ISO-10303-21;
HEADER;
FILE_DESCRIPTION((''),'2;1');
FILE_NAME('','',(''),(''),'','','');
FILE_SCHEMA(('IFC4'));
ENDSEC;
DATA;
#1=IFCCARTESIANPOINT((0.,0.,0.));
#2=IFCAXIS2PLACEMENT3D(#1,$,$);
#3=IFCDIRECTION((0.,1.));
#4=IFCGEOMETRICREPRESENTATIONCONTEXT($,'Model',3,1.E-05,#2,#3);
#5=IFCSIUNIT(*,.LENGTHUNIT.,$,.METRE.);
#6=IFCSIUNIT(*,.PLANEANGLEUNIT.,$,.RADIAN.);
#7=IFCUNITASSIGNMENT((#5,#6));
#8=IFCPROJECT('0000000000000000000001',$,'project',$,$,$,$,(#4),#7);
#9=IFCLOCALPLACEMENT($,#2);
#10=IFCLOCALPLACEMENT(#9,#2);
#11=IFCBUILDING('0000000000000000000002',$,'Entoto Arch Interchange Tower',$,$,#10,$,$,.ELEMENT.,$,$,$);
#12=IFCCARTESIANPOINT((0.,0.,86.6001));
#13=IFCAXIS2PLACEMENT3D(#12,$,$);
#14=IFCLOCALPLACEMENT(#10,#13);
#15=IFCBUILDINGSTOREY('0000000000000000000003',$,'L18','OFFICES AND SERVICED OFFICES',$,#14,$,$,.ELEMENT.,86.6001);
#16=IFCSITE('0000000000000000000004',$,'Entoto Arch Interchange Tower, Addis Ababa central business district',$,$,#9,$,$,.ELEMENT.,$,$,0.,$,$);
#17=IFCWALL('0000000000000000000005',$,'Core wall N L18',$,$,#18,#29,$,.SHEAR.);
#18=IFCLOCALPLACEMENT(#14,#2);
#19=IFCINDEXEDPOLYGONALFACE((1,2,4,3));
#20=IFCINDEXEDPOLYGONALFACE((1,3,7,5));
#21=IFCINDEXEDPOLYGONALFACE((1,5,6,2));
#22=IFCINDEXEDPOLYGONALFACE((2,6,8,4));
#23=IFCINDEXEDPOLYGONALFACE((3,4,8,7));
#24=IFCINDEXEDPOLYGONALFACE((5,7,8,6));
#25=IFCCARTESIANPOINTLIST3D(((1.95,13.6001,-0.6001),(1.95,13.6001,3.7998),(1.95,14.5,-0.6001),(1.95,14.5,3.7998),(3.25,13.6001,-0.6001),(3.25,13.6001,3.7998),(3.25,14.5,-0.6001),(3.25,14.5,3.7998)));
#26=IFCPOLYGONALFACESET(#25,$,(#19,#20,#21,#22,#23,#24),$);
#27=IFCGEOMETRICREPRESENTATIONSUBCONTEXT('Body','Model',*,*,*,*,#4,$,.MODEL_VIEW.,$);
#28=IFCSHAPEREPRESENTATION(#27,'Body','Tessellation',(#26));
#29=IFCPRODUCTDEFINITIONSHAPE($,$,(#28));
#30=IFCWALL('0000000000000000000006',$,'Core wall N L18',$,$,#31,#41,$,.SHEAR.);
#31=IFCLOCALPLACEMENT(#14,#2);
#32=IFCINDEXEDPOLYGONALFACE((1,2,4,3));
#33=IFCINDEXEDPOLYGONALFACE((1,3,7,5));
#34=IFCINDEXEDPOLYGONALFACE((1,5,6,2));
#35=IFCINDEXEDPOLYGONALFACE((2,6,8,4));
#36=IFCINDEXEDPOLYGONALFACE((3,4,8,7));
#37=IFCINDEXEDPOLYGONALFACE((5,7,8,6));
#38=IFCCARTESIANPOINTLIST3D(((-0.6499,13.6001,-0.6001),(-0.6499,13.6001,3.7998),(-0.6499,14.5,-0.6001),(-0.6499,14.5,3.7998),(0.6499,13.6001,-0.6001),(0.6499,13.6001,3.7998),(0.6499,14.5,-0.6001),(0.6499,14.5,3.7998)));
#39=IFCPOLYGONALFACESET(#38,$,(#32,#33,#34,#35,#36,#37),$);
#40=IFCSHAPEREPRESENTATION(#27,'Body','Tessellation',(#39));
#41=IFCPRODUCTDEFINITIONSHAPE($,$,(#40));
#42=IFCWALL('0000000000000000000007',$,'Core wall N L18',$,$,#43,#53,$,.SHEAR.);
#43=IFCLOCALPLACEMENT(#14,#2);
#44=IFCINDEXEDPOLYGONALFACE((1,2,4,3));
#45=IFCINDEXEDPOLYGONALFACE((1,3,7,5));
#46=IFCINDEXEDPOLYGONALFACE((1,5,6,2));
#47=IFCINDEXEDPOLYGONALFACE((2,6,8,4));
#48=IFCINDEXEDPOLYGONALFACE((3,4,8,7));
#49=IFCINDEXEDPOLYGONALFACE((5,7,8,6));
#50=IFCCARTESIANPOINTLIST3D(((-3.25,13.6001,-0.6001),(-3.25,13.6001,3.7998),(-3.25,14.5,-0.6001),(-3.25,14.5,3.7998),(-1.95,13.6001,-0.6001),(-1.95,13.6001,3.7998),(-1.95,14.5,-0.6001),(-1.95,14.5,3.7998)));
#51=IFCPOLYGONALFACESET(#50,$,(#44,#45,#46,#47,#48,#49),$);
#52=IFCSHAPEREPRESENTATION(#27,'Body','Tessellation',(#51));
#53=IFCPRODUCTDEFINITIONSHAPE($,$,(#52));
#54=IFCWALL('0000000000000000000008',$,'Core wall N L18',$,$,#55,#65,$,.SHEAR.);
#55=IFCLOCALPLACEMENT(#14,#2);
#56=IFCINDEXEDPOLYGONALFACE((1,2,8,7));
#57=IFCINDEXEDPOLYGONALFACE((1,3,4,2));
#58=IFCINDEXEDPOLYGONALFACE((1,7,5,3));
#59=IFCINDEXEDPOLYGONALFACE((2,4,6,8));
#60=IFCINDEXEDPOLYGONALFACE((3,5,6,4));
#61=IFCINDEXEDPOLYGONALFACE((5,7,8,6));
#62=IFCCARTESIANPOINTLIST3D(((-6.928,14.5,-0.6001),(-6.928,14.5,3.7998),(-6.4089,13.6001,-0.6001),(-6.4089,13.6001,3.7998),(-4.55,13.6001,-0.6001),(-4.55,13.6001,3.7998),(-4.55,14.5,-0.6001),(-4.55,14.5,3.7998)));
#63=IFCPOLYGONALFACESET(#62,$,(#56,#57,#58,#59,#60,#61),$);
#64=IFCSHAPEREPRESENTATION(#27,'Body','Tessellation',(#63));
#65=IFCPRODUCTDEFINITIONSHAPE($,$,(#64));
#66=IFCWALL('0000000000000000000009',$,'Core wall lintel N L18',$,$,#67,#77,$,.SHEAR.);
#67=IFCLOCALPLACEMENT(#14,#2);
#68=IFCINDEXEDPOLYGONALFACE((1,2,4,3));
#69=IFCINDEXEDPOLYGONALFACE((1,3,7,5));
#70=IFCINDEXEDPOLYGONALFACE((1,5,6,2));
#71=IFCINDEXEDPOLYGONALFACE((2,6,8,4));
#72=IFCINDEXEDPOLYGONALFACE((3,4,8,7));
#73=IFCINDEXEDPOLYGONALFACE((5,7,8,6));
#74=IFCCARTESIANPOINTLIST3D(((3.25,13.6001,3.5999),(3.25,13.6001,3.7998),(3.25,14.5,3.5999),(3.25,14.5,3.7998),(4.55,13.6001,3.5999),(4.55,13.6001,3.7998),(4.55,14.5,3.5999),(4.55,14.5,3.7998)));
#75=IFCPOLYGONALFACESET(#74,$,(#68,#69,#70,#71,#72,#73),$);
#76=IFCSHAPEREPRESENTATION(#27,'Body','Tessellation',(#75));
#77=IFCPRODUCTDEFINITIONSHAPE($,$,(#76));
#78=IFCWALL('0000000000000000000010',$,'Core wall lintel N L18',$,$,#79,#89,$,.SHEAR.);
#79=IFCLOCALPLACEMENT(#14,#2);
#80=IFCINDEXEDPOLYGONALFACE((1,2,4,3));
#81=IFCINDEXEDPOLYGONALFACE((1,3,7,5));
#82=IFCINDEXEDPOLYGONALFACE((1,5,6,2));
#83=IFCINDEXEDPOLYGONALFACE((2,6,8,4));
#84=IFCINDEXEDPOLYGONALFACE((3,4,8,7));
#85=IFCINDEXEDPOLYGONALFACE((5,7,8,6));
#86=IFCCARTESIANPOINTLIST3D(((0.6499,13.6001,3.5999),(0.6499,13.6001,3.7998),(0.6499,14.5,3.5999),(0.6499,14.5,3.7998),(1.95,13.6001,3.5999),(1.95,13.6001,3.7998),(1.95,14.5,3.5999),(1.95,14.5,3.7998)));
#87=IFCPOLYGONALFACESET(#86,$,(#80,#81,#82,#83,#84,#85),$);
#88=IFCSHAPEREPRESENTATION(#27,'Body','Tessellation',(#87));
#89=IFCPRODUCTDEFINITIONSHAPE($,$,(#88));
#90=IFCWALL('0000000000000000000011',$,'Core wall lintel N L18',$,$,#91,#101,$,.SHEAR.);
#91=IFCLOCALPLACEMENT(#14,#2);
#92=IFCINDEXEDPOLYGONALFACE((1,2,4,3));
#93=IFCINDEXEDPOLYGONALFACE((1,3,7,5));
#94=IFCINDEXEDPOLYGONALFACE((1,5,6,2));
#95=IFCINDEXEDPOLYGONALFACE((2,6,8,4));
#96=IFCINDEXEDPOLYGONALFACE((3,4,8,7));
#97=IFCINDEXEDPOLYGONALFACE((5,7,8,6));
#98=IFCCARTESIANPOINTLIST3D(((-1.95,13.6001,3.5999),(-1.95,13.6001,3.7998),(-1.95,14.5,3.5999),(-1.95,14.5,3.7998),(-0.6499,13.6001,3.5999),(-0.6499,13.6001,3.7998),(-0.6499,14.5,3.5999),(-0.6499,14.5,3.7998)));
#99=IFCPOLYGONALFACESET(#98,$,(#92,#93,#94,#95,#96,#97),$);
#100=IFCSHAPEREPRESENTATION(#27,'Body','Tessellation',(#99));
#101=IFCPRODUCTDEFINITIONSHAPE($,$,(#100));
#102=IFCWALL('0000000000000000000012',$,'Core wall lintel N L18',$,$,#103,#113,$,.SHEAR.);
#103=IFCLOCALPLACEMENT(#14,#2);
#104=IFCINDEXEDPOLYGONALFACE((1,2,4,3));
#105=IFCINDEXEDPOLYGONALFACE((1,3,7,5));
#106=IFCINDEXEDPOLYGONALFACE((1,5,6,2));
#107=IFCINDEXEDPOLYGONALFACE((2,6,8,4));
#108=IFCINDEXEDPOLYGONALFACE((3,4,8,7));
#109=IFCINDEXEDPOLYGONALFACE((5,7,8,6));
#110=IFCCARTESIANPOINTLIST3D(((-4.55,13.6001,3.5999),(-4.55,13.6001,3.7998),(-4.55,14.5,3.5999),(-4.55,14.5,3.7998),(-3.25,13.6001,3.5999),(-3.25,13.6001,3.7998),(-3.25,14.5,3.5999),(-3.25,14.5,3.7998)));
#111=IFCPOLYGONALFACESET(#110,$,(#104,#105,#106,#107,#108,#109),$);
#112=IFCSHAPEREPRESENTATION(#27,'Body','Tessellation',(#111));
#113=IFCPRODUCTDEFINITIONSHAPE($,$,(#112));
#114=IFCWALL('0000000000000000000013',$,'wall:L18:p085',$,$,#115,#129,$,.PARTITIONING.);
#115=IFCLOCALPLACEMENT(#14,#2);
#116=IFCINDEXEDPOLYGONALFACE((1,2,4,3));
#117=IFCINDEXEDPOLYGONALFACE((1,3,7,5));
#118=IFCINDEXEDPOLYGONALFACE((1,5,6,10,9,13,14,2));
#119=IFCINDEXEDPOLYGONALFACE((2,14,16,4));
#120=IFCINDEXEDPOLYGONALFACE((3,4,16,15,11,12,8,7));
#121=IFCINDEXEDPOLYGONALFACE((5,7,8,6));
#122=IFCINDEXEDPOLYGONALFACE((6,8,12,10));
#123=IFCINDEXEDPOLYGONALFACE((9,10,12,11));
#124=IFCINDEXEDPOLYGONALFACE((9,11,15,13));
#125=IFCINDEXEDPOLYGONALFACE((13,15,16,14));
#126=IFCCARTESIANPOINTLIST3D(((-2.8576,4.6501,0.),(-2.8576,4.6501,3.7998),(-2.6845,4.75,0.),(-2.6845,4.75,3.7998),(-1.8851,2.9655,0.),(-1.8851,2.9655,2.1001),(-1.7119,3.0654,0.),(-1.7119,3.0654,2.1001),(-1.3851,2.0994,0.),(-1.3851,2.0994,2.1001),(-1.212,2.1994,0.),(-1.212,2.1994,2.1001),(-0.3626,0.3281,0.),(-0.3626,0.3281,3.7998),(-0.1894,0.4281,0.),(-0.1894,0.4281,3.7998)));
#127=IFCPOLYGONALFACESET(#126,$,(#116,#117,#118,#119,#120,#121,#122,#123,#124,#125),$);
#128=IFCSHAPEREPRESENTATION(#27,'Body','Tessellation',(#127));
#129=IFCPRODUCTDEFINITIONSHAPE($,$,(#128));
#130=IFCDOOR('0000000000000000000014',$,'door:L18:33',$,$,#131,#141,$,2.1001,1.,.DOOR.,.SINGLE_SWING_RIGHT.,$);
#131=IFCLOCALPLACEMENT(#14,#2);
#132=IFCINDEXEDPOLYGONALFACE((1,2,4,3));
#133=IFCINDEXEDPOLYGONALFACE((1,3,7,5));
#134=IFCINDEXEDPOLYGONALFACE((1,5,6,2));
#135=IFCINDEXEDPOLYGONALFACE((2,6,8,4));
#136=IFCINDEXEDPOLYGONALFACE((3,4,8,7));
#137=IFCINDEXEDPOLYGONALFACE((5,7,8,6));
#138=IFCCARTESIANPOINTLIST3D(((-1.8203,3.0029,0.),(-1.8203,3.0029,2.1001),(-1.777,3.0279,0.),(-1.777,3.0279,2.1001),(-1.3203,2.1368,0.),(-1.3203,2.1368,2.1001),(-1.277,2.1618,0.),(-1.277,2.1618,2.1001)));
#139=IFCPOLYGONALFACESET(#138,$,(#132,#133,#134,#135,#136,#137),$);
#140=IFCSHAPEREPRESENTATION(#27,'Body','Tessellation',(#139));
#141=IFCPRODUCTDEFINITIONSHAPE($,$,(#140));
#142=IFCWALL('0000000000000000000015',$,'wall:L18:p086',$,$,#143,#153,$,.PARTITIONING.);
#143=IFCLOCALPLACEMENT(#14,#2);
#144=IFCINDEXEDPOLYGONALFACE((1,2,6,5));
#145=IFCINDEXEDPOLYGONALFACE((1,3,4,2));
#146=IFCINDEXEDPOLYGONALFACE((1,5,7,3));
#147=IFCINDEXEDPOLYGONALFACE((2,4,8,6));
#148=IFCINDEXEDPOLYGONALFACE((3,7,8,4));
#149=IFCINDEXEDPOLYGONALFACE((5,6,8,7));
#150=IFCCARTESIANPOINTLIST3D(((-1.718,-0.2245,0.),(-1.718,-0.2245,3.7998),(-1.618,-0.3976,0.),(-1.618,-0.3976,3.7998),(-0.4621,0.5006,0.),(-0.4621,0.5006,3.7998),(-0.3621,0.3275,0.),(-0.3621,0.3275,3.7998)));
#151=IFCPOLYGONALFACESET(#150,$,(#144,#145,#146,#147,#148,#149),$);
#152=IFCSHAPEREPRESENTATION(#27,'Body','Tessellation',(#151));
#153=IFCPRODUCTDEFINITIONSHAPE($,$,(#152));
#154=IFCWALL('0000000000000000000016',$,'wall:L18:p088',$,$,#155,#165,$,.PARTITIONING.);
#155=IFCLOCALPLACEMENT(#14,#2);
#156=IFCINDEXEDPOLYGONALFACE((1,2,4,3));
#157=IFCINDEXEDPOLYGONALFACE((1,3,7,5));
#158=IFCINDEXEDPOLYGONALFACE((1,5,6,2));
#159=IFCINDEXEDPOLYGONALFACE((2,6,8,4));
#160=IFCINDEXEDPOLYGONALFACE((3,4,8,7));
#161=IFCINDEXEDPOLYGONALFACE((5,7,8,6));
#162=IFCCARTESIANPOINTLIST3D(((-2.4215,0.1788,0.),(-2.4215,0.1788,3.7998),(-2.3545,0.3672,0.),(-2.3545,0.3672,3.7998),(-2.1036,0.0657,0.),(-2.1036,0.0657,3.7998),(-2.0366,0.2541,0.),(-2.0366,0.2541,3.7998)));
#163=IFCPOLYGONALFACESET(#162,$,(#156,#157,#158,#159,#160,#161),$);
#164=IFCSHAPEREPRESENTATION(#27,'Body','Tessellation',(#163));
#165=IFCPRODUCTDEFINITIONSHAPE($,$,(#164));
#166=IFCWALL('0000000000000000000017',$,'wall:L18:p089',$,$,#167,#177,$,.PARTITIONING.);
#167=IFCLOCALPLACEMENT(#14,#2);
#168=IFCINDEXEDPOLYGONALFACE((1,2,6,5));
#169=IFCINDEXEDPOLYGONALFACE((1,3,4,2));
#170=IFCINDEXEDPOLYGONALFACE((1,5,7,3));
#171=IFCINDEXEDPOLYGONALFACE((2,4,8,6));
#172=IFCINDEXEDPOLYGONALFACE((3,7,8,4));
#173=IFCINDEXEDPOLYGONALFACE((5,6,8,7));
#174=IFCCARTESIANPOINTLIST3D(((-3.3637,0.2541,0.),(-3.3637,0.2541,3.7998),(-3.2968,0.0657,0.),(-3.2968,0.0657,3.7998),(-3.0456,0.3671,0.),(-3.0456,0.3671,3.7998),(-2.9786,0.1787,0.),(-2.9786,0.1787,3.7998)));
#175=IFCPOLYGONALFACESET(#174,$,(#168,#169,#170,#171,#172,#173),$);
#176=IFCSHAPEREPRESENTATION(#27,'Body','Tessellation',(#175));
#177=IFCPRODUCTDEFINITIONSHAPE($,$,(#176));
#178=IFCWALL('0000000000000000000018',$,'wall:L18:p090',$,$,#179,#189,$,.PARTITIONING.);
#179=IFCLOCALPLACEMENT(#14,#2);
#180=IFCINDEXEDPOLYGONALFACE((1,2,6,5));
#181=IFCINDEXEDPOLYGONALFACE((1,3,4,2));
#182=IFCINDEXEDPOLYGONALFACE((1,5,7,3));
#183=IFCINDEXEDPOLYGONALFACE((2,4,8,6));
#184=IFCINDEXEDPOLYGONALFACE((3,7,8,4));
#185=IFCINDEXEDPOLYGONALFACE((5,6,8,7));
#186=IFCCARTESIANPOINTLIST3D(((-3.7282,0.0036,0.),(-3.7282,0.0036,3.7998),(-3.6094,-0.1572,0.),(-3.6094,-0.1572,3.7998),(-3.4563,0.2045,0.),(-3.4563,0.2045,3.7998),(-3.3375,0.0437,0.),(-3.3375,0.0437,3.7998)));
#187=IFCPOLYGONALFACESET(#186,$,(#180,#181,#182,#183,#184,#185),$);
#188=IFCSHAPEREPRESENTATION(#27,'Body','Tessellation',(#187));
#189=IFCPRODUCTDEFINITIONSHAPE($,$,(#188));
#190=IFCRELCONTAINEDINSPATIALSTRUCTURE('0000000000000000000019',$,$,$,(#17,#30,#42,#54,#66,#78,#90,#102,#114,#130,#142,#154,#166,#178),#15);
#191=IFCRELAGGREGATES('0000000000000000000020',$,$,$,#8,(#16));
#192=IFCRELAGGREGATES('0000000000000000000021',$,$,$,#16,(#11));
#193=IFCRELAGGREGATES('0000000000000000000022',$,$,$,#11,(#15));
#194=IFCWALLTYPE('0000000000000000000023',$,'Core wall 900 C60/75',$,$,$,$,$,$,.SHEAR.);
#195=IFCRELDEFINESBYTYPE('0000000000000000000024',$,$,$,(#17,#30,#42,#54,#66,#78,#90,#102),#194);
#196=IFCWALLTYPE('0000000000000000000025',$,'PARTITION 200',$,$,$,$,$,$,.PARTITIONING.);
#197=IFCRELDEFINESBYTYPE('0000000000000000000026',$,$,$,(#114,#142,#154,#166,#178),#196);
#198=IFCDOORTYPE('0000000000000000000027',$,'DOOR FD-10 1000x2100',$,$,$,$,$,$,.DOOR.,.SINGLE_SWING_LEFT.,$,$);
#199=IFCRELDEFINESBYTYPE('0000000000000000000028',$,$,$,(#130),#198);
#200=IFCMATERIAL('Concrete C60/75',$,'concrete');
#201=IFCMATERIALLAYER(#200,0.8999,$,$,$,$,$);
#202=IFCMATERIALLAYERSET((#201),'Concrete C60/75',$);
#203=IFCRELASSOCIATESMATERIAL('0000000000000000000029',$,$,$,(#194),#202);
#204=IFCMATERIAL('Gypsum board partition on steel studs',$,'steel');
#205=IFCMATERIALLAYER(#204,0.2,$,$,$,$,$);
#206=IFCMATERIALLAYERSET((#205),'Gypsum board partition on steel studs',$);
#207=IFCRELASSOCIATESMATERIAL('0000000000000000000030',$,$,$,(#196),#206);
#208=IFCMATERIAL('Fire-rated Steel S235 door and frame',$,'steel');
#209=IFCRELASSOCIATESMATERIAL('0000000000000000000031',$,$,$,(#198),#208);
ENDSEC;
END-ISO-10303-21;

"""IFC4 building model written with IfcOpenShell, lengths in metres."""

from ifc_helpers import new_model, si_unit, direction, frame, frame_2d, origin, place, context, subcontext, project, spatial, polyline, rectangle, outline, extrude, material, layer, layer_set, type_object, element, fill, save


model = new_model("IFC4")

# Units and contexts
model_context = context("Model", 3, precision=1e-05, world=origin(), true_north=direction((0.0, 1.0)))
body_context = subcontext(model_context, "Body", "Model", "MODEL_VIEW")
ifc_project = project(units=[si_unit("LENGTHUNIT", "METRE"), si_unit("PLANEANGLEUNIT", "RADIAN")], contexts=[model_context])

# Site, building, storey
site_placement = place(None, origin())
site = spatial("IfcSite", under=ifc_project, at=site_placement, Name="Entoto Arch Interchange Tower, Addis Ababa central business district", CompositionType="ELEMENT", RefElevation=0.0)
building_placement = place(site_placement, origin())
building = spatial("IfcBuilding", under=site, at=building_placement, Name="Entoto Arch Interchange Tower", CompositionType="ELEMENT")
storey_placement = place(building_placement, frame((0.0, 0.0, 86.6001)))
storey = spatial("IfcBuildingStorey", under=building, at=storey_placement, Name="L18", Description="OFFICES AND SERVICED OFFICES", CompositionType="ELEMENT", Elevation=86.6001)

# Walls
ifc_material_1 = material(Name="Concrete C60/75", Category="concrete")
ifc_layer_1 = layer(ifc_material_1, 0.8999)
ifc_layer_set_1 = layer_set([ifc_layer_1], Name="Concrete C60/75")
wall_type_1 = type_object("IfcWallType", Name="Core wall 900 C60/75", PredefinedType="SHEAR", material=ifc_layer_set_1)
wall_1_placement = place(storey_placement, frame((0.0, 0.0, -0.6001)))
element("IfcWall", 1, at=wall_1_placement, inside=storey, type_object=wall_type_1, Name="Core wall N L18", PredefinedType="SHEAR", context=body_context, shape_type="SweptSolid", body=[
    extrude(outline(polyline([(1.95, 14.5), (1.95, 13.6001), (3.25, 13.6001), (3.25, 14.5), (1.95, 14.5)])), origin(), (0.0, 0.0, 1.0), 4.3999),
])
wall_2_placement = place(storey_placement, frame((0.0, 0.0, -0.6001)))
element("IfcWall", 2, at=wall_2_placement, inside=storey, type_object=wall_type_1, Name="Core wall N L18", PredefinedType="SHEAR", context=body_context, shape_type="SweptSolid", body=[
    extrude(outline(polyline([(-0.6499, 14.5), (-0.6499, 13.6001), (0.6499, 13.6001), (0.6499, 14.5), (-0.6499, 14.5)])), origin(), (0.0, 0.0, 1.0), 4.3999),
])
wall_3_placement = place(storey_placement, frame((0.0, 0.0, -0.6001)))
element("IfcWall", 3, at=wall_3_placement, inside=storey, type_object=wall_type_1, Name="Core wall N L18", PredefinedType="SHEAR", context=body_context, shape_type="SweptSolid", body=[
    extrude(outline(polyline([(-3.25, 14.5), (-3.25, 13.6001), (-1.95, 13.6001), (-1.95, 14.5), (-3.25, 14.5)])), origin(), (0.0, 0.0, 1.0), 4.3999),
])
wall_4_placement = place(storey_placement, frame((0.0, 0.0, -0.6001)))
element("IfcWall", 4, at=wall_4_placement, inside=storey, type_object=wall_type_1, Name="Core wall N L18", PredefinedType="SHEAR", context=body_context, shape_type="SweptSolid", body=[
    extrude(outline(polyline([(-4.55, 13.6001), (-4.55, 14.5), (-6.928, 14.5), (-6.4089, 13.6001), (-4.55, 13.6001)])), origin(), (0.0, 0.0, 1.0), 4.3999),
])
wall_5_placement = place(storey_placement, frame((0.0, 0.0, 3.5999)))
element("IfcWall", 5, at=wall_5_placement, inside=storey, type_object=wall_type_1, Name="Core wall lintel N L18", PredefinedType="SHEAR", context=body_context, shape_type="SweptSolid", body=[
    extrude(outline(polyline([(3.25, 14.5), (3.25, 13.6001), (4.55, 13.6001), (4.55, 14.5), (3.25, 14.5)])), origin(), (0.0, 0.0, 1.0), 0.2),
])
wall_6_placement = place(storey_placement, frame((0.0, 0.0, 3.5999)))
element("IfcWall", 6, at=wall_6_placement, inside=storey, type_object=wall_type_1, Name="Core wall lintel N L18", PredefinedType="SHEAR", context=body_context, shape_type="SweptSolid", body=[
    extrude(outline(polyline([(0.6499, 14.5), (0.6499, 13.6001), (1.95, 13.6001), (1.95, 14.5), (0.6499, 14.5)])), origin(), (0.0, 0.0, 1.0), 0.2),
])
wall_7_placement = place(storey_placement, frame((0.0, 0.0, 3.5999)))
element("IfcWall", 7, at=wall_7_placement, inside=storey, type_object=wall_type_1, Name="Core wall lintel N L18", PredefinedType="SHEAR", context=body_context, shape_type="SweptSolid", body=[
    extrude(outline(polyline([(-1.95, 14.5), (-1.95, 13.6001), (-0.6499, 13.6001), (-0.6499, 14.5), (-1.95, 14.5)])), origin(), (0.0, 0.0, 1.0), 0.2),
])
wall_8_placement = place(storey_placement, frame((0.0, 0.0, 3.5999)))
element("IfcWall", 8, at=wall_8_placement, inside=storey, type_object=wall_type_1, Name="Core wall lintel N L18", PredefinedType="SHEAR", context=body_context, shape_type="SweptSolid", body=[
    extrude(outline(polyline([(-4.55, 14.5), (-4.55, 13.6001), (-3.25, 13.6001), (-3.25, 14.5), (-4.55, 14.5)])), origin(), (0.0, 0.0, 1.0), 0.2),
])

# Wall, opening, door
ifc_material_2 = material(Name="Gypsum board partition on steel studs", Category="steel")
ifc_layer_2 = layer(ifc_material_2, 0.2)
ifc_layer_set_2 = layer_set([ifc_layer_2], Name="Gypsum board partition on steel studs")
wall_type_2 = type_object("IfcWallType", Name="PARTITION 200", PredefinedType="PARTITIONING", material=ifc_layer_set_2)
wall_9_placement = place(storey_placement, frame((-2.771, 4.7, 0.0), z_axis=(0.0, 0.0, 1.0), x_axis=(0.499969, -0.866043, 0.0)))
wall_9 = element("IfcWall", 9, at=wall_9_placement, inside=storey, type_object=wall_type_2, Name="wall:L18:p085", PredefinedType="PARTITIONING", context=body_context, shape_type="SweptSolid", body=[
    extrude(rectangle(XDim=4.9905, YDim=0.2, at=frame_2d((2.4951, 0.0))), origin(), (0.0, 0.0, 1.0), 3.7998),
])
opening_placement = place(wall_9_placement, frame((1.9451, 0.0, 0.0)))
opening = element("IfcOpeningElement", 10, at=opening_placement, cuts=wall_9, PredefinedType="OPENING", context=body_context, shape_type="SweptSolid", body=[
    extrude(rectangle(XDim=1.0, YDim=2.1001, at=frame_2d((0.5, 1.05))), frame((0.0, 0.1099, 0.0), z_axis=(0.0, -1.0, 0.0), x_axis=(1.0, 0.0, 0.0)), (0.0, 0.0, 1.0), 0.22),
])
ifc_material_3 = material(Name="Fire-rated Steel S235 door and frame", Category="steel")
door_type = type_object("IfcDoorType", Name="DOOR FD-10 1000x2100", OperationType="SINGLE_SWING_LEFT", PredefinedType="DOOR", material=ifc_material_3)
door_placement = place(opening_placement, origin())
door = element("IfcDoor", 11, at=door_placement, inside=storey, type_object=door_type, Name="door:L18:33", OperationType="SINGLE_SWING_RIGHT", OverallHeight=2.1001, OverallWidth=1.0, PredefinedType="DOOR", context=body_context, shape_type="SweptSolid", body=[
    extrude(rectangle(XDim=1.0, YDim=2.1001, at=frame_2d((0.5, 1.05))), frame((0.0, 0.0249, 0.0), z_axis=(0.0, -1.0, 0.0), x_axis=(1.0, 0.0, 0.0)), (0.0, 0.0, 1.0), 0.05),
])
fill(opening, door)

# Walls
wall_10_placement = place(storey_placement, frame((-0.4121, 0.4141, 0.0), z_axis=(0.0, 0.0, 1.0), x_axis=(-0.866017, -0.500014, 0.0)))
element("IfcWall", 12, at=wall_10_placement, inside=storey, type_object=wall_type_2, Name="wall:L18:p086", PredefinedType="PARTITIONING", context=body_context, shape_type="SweptSolid", body=[
    extrude(rectangle(XDim=1.4502, YDim=0.2, at=frame_2d((0.7251, 0.0))), origin(), (0.0, 0.0, 1.0), 3.7998),
])
wall_11_placement = place(storey_placement, frame((-2.0701, 0.1599, 0.0), z_axis=(0.0, 0.0, 1.0), x_axis=(-0.942199, 0.335052, 0.0)))
element("IfcWall", 13, at=wall_11_placement, inside=storey, type_object=wall_type_2, Name="wall:L18:p088", PredefinedType="PARTITIONING", context=body_context, shape_type="SweptSolid", body=[
    extrude(rectangle(XDim=0.3374, YDim=0.2, at=frame_2d((0.1687, 0.0))), origin(), (0.0, 0.0, 1.0), 3.7998),
])
wall_12_placement = place(storey_placement, frame((-3.012, 0.2729, 0.0), z_axis=(0.0, 0.0, 1.0), x_axis=(-0.942281, -0.334824, 0.0)))
element("IfcWall", 14, at=wall_12_placement, inside=storey, type_object=wall_type_2, Name="wall:L18:p089", PredefinedType="PARTITIONING", context=body_context, shape_type="SweptSolid", body=[
    extrude(rectangle(XDim=0.3376, YDim=0.2, at=frame_2d((0.1689, 0.0))), origin(), (0.0, 0.0, 1.0), 3.7998),
])
wall_13_placement = place(storey_placement, frame((-3.397, 0.124, 0.0), z_axis=(0.0, 0.0, 1.0), x_axis=(-0.804311, -0.594208, 0.0)))
element("IfcWall", 15, at=wall_13_placement, inside=storey, type_object=wall_type_2, Name="wall:L18:p090", PredefinedType="PARTITIONING", context=body_context, shape_type="SweptSolid", body=[
    extrude(rectangle(XDim=0.3381, YDim=0.2, at=frame_2d((0.1689, 0.0))), origin(), (0.0, 0.0, 1.0), 3.7998),
])

save(model, "model.ifc")
